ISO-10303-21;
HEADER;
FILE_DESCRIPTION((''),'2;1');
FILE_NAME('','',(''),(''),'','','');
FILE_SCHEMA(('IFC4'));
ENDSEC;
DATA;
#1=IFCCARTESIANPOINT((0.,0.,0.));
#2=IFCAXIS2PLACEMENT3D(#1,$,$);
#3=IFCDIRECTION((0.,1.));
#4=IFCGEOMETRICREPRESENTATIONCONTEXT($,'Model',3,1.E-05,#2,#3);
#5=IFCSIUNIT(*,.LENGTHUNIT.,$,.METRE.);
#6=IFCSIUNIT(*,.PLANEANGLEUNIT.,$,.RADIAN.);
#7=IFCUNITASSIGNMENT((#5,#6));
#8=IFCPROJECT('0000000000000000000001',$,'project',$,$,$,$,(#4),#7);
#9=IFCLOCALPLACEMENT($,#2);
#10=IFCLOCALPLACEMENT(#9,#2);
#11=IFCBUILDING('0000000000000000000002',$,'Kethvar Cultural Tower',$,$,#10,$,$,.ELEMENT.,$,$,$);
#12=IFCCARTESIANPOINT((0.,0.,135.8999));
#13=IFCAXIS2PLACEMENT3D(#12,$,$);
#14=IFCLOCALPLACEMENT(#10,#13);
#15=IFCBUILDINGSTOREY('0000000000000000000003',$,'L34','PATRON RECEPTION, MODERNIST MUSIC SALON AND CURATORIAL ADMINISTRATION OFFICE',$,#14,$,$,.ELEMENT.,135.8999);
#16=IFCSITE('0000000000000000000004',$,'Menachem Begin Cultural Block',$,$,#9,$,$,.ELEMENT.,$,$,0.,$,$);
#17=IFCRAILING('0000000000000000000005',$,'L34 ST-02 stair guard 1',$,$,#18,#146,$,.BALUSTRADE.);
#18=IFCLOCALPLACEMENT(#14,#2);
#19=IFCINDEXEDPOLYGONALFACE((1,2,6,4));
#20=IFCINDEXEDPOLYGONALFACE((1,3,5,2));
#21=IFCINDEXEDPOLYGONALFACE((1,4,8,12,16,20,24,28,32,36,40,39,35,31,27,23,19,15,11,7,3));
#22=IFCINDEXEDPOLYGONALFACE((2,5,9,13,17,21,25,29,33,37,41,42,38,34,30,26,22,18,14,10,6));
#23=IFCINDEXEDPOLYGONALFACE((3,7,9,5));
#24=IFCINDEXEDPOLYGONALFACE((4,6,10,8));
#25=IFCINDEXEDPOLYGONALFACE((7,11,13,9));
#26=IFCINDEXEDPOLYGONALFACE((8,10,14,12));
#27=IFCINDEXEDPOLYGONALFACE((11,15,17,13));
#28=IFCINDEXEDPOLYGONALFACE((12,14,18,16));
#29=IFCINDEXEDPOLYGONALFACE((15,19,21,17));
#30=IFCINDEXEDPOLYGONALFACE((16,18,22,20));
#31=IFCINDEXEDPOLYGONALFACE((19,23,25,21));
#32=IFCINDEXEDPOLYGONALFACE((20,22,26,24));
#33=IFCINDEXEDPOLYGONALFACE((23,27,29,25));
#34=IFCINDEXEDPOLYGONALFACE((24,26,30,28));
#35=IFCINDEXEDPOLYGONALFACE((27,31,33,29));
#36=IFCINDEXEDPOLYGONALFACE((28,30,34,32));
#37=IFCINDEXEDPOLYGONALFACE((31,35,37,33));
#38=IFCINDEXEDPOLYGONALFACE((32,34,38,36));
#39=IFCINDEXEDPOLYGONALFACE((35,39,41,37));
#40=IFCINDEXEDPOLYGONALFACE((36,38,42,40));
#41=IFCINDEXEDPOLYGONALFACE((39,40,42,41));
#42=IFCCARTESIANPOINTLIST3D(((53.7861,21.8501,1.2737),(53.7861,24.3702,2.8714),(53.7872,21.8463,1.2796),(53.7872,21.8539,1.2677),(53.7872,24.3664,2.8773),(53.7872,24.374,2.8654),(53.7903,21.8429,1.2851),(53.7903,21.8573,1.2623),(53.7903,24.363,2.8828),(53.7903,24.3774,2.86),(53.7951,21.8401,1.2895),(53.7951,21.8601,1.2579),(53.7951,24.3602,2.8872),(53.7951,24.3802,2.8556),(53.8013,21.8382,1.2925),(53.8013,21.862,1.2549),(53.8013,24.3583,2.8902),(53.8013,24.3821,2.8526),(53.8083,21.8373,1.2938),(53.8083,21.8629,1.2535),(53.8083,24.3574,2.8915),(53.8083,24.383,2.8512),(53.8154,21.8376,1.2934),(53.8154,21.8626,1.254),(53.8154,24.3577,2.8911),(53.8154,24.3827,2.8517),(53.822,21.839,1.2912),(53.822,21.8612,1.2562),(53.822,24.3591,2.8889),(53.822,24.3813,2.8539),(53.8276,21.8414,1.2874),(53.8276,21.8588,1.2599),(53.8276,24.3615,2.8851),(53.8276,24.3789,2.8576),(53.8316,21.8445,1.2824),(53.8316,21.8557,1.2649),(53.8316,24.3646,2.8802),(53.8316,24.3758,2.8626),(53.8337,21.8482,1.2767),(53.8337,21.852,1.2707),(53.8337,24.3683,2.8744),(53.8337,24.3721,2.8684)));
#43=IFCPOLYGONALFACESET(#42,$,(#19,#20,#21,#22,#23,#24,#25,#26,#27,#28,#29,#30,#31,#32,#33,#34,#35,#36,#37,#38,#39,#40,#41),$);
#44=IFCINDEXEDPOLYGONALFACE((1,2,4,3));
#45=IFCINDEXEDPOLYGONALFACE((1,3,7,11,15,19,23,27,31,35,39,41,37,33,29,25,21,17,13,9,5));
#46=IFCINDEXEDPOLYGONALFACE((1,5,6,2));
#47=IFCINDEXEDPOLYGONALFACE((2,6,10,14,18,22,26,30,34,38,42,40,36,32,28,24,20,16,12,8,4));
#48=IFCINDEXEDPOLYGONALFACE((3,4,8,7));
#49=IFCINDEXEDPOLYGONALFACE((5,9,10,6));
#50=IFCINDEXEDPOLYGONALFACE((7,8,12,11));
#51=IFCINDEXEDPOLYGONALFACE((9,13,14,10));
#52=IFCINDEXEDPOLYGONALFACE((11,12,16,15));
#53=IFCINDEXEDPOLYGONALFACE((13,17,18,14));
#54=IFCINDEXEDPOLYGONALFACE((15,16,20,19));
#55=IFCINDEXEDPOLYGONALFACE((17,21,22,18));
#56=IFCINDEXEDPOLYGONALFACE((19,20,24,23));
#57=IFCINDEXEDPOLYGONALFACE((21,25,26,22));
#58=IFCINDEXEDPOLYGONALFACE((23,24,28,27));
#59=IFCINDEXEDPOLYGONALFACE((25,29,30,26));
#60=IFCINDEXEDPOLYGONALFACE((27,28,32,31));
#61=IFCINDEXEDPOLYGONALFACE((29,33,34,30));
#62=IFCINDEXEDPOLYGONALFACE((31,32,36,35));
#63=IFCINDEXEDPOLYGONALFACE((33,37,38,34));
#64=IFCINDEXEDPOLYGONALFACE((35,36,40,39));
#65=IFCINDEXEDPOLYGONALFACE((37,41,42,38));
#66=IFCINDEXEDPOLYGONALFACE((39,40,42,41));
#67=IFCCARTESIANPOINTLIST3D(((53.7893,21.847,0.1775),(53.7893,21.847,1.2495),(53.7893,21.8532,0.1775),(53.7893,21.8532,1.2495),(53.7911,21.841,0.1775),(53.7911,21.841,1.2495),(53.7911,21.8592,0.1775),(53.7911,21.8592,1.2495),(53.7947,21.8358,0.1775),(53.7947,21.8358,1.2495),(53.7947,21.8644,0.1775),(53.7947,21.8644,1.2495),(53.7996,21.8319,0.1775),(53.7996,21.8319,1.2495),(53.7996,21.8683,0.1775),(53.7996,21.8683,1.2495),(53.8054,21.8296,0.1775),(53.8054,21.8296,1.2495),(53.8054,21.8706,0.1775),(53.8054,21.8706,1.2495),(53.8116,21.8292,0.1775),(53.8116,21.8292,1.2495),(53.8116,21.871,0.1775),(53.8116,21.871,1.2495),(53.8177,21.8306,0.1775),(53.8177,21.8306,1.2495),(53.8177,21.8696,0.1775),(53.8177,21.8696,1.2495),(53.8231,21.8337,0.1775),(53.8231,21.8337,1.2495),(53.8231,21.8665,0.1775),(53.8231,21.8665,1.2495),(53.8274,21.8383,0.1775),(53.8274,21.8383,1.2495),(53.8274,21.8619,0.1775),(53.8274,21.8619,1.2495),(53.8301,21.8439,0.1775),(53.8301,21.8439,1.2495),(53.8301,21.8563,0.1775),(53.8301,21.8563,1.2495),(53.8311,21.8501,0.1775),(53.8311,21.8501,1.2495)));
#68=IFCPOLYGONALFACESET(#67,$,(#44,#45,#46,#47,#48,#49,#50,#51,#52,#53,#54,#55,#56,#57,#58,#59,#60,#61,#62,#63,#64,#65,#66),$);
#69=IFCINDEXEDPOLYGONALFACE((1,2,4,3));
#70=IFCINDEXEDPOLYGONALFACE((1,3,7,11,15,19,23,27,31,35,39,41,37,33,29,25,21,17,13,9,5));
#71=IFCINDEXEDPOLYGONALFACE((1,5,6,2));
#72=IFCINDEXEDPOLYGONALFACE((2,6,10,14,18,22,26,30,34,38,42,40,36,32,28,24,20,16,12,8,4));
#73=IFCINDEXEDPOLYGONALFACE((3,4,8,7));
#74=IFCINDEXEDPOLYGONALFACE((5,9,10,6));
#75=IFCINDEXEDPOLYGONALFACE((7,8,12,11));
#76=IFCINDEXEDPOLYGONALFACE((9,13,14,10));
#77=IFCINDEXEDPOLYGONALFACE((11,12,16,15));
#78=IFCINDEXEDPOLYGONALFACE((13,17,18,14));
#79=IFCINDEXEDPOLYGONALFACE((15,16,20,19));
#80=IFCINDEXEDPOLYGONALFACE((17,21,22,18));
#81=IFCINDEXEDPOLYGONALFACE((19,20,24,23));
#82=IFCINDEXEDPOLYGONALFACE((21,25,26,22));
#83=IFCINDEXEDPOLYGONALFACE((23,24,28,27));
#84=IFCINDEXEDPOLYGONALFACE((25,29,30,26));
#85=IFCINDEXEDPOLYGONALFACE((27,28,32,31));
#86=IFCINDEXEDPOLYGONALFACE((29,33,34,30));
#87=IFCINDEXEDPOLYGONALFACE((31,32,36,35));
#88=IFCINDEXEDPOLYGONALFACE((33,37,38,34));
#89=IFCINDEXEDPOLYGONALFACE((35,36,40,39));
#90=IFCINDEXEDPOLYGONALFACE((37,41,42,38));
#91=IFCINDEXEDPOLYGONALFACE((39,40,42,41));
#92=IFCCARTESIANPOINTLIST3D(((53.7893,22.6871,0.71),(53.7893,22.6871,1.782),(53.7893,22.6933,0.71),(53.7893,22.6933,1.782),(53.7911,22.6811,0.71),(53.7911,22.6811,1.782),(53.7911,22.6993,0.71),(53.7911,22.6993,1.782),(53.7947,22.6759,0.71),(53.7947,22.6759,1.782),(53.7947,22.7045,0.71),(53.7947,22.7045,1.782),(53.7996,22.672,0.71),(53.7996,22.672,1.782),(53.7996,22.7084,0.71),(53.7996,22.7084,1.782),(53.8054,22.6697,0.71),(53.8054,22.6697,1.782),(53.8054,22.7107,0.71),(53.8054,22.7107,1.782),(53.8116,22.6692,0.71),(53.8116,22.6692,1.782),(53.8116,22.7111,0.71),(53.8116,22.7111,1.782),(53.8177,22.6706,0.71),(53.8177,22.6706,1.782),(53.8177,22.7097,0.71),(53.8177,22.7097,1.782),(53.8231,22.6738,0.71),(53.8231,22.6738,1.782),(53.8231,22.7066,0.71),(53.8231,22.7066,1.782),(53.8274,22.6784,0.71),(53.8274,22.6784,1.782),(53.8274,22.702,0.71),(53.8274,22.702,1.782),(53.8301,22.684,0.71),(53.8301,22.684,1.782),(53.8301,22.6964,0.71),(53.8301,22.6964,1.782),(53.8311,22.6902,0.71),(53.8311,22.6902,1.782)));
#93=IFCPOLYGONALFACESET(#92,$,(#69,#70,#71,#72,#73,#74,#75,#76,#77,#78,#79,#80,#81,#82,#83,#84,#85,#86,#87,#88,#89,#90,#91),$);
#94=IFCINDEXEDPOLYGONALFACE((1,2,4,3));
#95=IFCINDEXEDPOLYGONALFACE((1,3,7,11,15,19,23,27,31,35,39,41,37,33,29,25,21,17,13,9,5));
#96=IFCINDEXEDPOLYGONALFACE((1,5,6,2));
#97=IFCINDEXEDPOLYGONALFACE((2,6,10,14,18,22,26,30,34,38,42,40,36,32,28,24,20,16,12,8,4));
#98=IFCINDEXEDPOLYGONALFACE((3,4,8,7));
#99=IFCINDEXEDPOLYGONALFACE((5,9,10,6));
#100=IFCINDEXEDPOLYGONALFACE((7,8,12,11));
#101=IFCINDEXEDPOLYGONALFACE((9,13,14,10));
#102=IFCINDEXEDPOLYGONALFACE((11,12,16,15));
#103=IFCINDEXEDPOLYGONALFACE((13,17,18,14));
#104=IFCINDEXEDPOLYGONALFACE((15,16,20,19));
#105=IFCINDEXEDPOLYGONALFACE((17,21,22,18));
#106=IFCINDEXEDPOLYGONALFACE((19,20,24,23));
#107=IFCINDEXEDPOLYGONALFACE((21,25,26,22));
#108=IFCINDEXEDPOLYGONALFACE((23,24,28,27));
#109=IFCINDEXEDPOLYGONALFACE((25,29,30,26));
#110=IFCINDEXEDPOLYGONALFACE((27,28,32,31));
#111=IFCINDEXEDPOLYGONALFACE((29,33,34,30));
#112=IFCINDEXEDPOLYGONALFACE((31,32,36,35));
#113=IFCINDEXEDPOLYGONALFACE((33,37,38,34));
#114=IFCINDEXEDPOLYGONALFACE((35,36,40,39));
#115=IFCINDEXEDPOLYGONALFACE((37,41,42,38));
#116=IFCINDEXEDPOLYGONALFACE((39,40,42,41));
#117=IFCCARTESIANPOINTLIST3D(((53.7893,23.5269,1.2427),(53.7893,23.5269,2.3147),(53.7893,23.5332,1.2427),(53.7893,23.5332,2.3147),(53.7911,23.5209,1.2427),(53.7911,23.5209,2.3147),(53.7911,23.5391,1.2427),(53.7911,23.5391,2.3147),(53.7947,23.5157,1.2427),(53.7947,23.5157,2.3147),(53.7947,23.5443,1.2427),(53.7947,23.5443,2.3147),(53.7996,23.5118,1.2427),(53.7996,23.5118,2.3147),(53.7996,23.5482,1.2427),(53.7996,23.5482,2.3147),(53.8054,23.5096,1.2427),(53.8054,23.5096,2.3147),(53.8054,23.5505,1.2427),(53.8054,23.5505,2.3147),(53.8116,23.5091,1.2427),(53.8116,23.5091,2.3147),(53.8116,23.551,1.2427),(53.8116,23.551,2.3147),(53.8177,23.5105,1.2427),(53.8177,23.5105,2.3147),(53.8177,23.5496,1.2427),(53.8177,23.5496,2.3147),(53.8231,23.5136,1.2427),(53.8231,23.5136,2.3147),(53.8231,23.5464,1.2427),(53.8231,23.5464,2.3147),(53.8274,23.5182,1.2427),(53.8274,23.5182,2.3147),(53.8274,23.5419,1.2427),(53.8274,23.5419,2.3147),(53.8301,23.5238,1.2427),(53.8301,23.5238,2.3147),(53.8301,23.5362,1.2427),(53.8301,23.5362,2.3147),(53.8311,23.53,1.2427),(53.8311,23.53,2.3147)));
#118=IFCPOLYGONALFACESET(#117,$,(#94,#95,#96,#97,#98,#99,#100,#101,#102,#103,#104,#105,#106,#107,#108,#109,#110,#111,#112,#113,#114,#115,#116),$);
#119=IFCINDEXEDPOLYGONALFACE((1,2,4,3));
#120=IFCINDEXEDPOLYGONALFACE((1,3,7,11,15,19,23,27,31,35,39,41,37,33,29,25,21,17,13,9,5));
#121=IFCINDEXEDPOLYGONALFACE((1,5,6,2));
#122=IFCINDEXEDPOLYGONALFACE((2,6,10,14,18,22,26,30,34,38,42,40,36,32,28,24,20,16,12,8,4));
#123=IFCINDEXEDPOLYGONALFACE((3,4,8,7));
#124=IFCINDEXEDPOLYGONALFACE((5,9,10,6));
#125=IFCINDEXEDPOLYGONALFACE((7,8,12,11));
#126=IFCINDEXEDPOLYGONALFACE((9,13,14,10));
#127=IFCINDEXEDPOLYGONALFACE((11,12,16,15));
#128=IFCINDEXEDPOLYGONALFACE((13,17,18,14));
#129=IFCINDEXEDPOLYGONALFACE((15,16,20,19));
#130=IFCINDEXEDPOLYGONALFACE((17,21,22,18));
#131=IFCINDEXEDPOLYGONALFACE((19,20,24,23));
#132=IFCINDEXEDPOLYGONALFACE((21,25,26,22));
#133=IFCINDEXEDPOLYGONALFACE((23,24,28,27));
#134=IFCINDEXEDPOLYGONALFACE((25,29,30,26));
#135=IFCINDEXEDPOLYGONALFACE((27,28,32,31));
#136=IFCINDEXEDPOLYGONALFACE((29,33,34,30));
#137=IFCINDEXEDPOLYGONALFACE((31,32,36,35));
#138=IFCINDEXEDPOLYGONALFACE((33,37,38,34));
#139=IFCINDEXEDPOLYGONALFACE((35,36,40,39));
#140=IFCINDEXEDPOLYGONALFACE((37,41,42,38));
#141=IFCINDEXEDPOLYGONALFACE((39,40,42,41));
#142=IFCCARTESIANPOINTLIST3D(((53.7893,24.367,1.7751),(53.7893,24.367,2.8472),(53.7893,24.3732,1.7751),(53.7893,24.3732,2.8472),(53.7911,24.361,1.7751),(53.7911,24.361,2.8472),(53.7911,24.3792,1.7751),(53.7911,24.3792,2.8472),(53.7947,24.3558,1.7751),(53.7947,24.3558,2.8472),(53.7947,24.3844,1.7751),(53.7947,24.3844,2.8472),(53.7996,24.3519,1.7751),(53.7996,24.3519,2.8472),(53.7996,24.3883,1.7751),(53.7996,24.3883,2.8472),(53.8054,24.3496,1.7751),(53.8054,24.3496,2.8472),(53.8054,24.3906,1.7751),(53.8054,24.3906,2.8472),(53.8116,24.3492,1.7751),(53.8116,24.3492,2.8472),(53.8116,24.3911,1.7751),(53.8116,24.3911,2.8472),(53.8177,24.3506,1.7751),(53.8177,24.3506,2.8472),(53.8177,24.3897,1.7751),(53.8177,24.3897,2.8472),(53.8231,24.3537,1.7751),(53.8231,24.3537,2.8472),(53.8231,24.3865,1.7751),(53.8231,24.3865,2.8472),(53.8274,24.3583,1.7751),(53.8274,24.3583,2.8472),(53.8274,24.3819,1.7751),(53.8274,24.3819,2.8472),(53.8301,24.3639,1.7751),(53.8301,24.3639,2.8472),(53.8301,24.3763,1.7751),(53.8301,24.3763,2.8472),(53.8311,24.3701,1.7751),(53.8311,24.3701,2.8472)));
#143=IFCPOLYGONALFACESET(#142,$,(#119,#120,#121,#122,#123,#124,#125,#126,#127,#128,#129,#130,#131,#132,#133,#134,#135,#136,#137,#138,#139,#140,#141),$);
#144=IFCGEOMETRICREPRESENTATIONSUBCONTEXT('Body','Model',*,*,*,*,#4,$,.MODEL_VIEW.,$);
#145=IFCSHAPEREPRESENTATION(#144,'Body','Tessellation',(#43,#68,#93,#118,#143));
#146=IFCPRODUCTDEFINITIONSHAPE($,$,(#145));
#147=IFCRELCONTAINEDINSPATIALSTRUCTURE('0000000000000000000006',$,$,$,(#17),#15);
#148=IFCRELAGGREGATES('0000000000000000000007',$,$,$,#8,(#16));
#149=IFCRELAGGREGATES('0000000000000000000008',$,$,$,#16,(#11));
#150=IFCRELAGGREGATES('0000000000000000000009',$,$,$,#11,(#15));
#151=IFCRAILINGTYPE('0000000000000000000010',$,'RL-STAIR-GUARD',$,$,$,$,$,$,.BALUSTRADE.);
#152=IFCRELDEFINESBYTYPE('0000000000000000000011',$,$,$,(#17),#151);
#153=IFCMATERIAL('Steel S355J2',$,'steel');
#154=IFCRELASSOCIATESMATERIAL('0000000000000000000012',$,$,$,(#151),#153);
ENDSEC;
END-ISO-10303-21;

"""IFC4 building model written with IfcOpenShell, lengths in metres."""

from ifc_helpers import new_model, si_unit, direction, frame, origin, origin_2d, place, context, subcontext, project, spatial, circle, extrude, material, type_object, element, save


model = new_model("IFC4")

# Units and contexts
model_context = context("Model", 3, precision=1e-05, world=origin(), true_north=direction((0.0, 1.0)))
body_context = subcontext(model_context, "Body", "Model", "MODEL_VIEW")
ifc_project = project(units=[si_unit("LENGTHUNIT", "METRE"), si_unit("PLANEANGLEUNIT", "RADIAN")], contexts=[model_context])

# Site, building, storey
site_placement = place(None, origin())
site = spatial("IfcSite", under=ifc_project, at=site_placement, Name="Menachem Begin Cultural Block", CompositionType="ELEMENT", RefElevation=0.0)
building_placement = place(site_placement, origin())
building = spatial("IfcBuilding", under=site, at=building_placement, Name="Kethvar Cultural Tower", CompositionType="ELEMENT")
storey_placement = place(building_placement, frame((0.0, 0.0, 135.8999)))
storey = spatial("IfcBuildingStorey", under=building, at=storey_placement, Name="L34", Description="PATRON RECEPTION, MODERNIST MUSIC SALON AND CURATORIAL ADMINISTRATION OFFICE", CompositionType="ELEMENT", Elevation=135.8999)

# Shared definitions
ifc_material_1 = material(Name="Steel S355J2", Category="steel")

# Railing
railing_type_1 = type_object("IfcRailingType", Name="RL-STAIR-GUARD", PredefinedType="BALUSTRADE", material=ifc_material_1)
railing_1_placement = place(storey_placement, frame((53.8101, 21.8501, 0.1775)))
element("IfcRailing", 1, at=railing_1_placement, inside=storey, type_object=railing_type_1, Name="L34 ST-02 stair guard 1", PredefinedType="BALUSTRADE", context=body_context, shape_type="SweptSolid", body=[
    extrude(circle(Radius=0.0239, at=origin_2d()), frame((0.0, 0.0, 1.0962), z_axis=(0.0, 0.84457, 0.535445), x_axis=(-1.0, 0.0, 0.0)), (0.0, 0.0, 1.0), 2.9839),
    extrude(circle(Radius=0.021, at=origin_2d()), origin(), (0.0, 0.0, 1.0), 1.072),
    extrude(circle(Radius=0.021, at=origin_2d()), frame((0.0, 0.8401, 0.5325)), (0.0, 0.0, 1.0), 1.072),
    extrude(circle(Radius=0.021, at=origin_2d()), frame((0.0, 1.6799, 1.0652)), (0.0, 0.0, 1.0), 1.072),
    extrude(circle(Radius=0.021, at=origin_2d()), frame((0.0, 2.52, 1.5977)), (0.0, 0.0, 1.0), 1.072),
])

save(model, "model.ifc")
